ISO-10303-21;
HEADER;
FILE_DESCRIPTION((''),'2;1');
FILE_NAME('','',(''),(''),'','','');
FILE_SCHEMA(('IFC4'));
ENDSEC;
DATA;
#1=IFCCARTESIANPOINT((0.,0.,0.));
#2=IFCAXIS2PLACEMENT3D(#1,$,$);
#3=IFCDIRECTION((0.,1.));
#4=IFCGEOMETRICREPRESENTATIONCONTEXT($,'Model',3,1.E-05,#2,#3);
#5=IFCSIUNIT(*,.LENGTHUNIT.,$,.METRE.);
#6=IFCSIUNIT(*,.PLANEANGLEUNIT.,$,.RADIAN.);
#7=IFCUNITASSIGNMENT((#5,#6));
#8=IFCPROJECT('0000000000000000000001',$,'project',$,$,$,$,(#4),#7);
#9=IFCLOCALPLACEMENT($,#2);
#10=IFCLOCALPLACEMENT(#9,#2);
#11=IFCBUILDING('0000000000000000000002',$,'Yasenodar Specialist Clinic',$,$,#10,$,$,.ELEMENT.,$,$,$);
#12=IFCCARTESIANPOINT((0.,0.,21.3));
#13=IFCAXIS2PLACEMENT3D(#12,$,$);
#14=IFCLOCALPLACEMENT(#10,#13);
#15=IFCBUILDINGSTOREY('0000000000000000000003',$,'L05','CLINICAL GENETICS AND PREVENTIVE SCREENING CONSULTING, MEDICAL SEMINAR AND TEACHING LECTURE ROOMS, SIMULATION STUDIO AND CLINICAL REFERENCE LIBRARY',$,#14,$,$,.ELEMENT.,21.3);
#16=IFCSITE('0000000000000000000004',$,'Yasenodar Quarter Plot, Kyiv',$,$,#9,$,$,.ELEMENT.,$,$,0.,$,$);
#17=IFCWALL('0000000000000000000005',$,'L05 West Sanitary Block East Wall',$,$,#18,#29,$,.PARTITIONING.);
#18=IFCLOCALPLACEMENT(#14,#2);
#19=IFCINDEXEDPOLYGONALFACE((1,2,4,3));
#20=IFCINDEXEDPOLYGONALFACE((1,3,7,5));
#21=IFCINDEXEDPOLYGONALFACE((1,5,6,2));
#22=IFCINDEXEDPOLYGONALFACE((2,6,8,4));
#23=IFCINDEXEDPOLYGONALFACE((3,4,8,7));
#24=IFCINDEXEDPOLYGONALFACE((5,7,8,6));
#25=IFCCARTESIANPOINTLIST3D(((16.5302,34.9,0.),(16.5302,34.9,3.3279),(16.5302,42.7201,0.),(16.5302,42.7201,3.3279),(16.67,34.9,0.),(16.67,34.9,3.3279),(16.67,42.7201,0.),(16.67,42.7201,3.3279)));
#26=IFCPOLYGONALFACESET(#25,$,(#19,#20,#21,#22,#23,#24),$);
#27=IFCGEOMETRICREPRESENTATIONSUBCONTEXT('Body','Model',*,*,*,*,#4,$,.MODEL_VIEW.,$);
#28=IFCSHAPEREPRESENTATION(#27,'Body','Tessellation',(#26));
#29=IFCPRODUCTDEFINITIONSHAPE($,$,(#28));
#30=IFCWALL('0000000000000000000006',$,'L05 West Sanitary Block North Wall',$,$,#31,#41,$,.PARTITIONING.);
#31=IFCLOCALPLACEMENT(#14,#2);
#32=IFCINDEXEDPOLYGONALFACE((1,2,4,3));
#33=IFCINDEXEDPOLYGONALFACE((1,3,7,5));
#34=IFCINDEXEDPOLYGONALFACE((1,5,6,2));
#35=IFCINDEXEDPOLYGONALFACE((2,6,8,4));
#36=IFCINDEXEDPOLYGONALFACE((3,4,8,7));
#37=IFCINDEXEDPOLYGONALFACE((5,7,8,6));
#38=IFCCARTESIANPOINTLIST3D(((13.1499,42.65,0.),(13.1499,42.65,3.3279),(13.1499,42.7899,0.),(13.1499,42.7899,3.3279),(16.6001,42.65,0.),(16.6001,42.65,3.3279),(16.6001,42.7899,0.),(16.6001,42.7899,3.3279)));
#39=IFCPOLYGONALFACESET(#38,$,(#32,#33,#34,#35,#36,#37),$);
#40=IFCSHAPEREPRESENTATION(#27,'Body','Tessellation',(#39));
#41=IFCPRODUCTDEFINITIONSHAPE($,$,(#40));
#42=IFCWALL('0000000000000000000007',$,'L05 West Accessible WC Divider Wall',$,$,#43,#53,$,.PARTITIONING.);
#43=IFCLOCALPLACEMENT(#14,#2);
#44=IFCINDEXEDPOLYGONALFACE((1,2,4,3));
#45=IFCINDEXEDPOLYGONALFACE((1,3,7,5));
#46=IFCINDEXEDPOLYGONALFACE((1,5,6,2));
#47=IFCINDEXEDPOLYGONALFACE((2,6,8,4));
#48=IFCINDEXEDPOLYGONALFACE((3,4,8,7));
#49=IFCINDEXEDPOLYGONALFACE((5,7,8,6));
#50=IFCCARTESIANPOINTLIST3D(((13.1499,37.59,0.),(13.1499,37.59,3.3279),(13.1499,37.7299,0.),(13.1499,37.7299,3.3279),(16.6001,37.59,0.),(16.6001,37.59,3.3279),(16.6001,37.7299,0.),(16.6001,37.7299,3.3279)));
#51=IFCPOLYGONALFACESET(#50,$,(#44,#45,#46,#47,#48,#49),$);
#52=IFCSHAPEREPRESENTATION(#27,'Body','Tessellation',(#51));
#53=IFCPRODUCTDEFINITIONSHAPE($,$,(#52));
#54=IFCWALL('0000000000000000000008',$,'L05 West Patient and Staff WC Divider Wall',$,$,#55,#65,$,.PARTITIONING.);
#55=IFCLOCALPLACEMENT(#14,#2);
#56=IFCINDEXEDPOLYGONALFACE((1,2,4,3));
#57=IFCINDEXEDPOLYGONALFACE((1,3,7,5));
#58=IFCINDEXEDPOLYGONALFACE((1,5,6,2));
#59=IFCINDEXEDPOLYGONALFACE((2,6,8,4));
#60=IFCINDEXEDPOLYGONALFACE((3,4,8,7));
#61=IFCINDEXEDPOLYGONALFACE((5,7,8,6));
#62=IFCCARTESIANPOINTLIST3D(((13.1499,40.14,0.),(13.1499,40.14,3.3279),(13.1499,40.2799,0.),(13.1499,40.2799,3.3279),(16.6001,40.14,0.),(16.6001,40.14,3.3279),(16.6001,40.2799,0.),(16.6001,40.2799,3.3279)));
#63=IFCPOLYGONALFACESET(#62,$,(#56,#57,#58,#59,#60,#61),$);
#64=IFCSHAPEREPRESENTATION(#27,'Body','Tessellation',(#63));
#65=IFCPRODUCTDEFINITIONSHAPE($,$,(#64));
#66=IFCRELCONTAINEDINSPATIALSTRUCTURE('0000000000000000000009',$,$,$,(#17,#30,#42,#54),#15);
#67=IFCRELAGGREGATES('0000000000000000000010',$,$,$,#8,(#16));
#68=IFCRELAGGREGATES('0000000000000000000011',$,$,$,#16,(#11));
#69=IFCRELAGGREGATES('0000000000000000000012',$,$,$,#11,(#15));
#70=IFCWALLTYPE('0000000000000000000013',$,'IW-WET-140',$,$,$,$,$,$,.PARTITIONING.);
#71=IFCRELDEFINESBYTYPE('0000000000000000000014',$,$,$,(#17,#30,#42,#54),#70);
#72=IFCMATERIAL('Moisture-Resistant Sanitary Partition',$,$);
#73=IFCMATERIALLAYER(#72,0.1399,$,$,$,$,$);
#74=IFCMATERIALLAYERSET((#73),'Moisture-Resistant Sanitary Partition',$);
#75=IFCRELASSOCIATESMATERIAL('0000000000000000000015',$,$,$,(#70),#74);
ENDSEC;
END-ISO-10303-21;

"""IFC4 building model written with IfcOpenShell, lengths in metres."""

from ifc_helpers import new_model, si_unit, direction, frame, frame_2d, origin, place, context, subcontext, project, spatial, rectangle, extrude, material, layer, layer_set, type_object, element, save


model = new_model("IFC4")

# Units and contexts
model_context = context("Model", 3, precision=1e-05, world=origin(), true_north=direction((0.0, 1.0)))
body_context = subcontext(model_context, "Body", "Model", "MODEL_VIEW")
ifc_project = project(units=[si_unit("LENGTHUNIT", "METRE"), si_unit("PLANEANGLEUNIT", "RADIAN")], contexts=[model_context])

# Site, building, storey
site_placement = place(None, origin())
site = spatial("IfcSite", under=ifc_project, at=site_placement, Name="Yasenodar Quarter Plot, Kyiv", CompositionType="ELEMENT", RefElevation=0.0)
building_placement = place(site_placement, origin())
building = spatial("IfcBuilding", under=site, at=building_placement, Name="Yasenodar Specialist Clinic", CompositionType="ELEMENT")
storey_placement = place(building_placement, frame((0.0, 0.0, 21.3)))
storey = spatial("IfcBuildingStorey", under=building, at=storey_placement, Name="L05", Description="CLINICAL GENETICS AND PREVENTIVE SCREENING CONSULTING, MEDICAL SEMINAR AND TEACHING LECTURE ROOMS, SIMULATION STUDIO AND CLINICAL REFERENCE LIBRARY", CompositionType="ELEMENT", Elevation=21.3)

# Walls
ifc_material_1 = material(Name="Moisture-Resistant Sanitary Partition")
ifc_layer_1 = layer(ifc_material_1, 0.1399)
ifc_layer_set_1 = layer_set([ifc_layer_1], Name="Moisture-Resistant Sanitary Partition")
wall_type_1 = type_object("IfcWallType", Name="IW-WET-140", PredefinedType="PARTITIONING", material=ifc_layer_set_1)
wall_1_placement = place(storey_placement, frame((16.6001, 34.8999, 0.0), z_axis=(0.0, 0.0, 1.0), x_axis=(0.0, 1.0, 0.0)))
element("IfcWall", 1, at=wall_1_placement, inside=storey, type_object=wall_type_1, Name="L05 West Sanitary Block East Wall", PredefinedType="PARTITIONING", context=body_context, shape_type="SweptSolid", body=[
    extrude(rectangle(XDim=7.8201, YDim=0.1399, at=frame_2d((3.9102, 0.0))), origin(), (0.0, 0.0, 1.0), 3.3279),
])
for number, where, z_axis, x_axis, name in (
    (2, (13.1499, 42.72, 0.0), (0.0, 0.0, 1.0), (1.0, 0.0, 0.0), "L05 West Sanitary Block North Wall"),
    (3, (13.1499, 37.6599, 0.0), (0.0, 0.0, 1.0), (1.0, 0.0, 0.0), "L05 West Accessible WC Divider Wall"),
    (4, (13.1499, 40.21, 0.0), (0.0, 0.0, 1.0), (1.0, 0.0, 0.0), "L05 West Patient and Staff WC Divider Wall"),
):
    element("IfcWall", number, at=place(storey_placement, frame(where, z_axis=z_axis, x_axis=x_axis)), inside=storey, type_object=wall_type_1, Name=name, PredefinedType="PARTITIONING", context=body_context, shape_type="SweptSolid", body=[
        extrude(rectangle(XDim=3.4502, YDim=0.1399, at=frame_2d((1.7251, 0.0))), origin(), (0.0, 0.0, 1.0), 3.3279),
    ])

save(model, "model.ifc")
